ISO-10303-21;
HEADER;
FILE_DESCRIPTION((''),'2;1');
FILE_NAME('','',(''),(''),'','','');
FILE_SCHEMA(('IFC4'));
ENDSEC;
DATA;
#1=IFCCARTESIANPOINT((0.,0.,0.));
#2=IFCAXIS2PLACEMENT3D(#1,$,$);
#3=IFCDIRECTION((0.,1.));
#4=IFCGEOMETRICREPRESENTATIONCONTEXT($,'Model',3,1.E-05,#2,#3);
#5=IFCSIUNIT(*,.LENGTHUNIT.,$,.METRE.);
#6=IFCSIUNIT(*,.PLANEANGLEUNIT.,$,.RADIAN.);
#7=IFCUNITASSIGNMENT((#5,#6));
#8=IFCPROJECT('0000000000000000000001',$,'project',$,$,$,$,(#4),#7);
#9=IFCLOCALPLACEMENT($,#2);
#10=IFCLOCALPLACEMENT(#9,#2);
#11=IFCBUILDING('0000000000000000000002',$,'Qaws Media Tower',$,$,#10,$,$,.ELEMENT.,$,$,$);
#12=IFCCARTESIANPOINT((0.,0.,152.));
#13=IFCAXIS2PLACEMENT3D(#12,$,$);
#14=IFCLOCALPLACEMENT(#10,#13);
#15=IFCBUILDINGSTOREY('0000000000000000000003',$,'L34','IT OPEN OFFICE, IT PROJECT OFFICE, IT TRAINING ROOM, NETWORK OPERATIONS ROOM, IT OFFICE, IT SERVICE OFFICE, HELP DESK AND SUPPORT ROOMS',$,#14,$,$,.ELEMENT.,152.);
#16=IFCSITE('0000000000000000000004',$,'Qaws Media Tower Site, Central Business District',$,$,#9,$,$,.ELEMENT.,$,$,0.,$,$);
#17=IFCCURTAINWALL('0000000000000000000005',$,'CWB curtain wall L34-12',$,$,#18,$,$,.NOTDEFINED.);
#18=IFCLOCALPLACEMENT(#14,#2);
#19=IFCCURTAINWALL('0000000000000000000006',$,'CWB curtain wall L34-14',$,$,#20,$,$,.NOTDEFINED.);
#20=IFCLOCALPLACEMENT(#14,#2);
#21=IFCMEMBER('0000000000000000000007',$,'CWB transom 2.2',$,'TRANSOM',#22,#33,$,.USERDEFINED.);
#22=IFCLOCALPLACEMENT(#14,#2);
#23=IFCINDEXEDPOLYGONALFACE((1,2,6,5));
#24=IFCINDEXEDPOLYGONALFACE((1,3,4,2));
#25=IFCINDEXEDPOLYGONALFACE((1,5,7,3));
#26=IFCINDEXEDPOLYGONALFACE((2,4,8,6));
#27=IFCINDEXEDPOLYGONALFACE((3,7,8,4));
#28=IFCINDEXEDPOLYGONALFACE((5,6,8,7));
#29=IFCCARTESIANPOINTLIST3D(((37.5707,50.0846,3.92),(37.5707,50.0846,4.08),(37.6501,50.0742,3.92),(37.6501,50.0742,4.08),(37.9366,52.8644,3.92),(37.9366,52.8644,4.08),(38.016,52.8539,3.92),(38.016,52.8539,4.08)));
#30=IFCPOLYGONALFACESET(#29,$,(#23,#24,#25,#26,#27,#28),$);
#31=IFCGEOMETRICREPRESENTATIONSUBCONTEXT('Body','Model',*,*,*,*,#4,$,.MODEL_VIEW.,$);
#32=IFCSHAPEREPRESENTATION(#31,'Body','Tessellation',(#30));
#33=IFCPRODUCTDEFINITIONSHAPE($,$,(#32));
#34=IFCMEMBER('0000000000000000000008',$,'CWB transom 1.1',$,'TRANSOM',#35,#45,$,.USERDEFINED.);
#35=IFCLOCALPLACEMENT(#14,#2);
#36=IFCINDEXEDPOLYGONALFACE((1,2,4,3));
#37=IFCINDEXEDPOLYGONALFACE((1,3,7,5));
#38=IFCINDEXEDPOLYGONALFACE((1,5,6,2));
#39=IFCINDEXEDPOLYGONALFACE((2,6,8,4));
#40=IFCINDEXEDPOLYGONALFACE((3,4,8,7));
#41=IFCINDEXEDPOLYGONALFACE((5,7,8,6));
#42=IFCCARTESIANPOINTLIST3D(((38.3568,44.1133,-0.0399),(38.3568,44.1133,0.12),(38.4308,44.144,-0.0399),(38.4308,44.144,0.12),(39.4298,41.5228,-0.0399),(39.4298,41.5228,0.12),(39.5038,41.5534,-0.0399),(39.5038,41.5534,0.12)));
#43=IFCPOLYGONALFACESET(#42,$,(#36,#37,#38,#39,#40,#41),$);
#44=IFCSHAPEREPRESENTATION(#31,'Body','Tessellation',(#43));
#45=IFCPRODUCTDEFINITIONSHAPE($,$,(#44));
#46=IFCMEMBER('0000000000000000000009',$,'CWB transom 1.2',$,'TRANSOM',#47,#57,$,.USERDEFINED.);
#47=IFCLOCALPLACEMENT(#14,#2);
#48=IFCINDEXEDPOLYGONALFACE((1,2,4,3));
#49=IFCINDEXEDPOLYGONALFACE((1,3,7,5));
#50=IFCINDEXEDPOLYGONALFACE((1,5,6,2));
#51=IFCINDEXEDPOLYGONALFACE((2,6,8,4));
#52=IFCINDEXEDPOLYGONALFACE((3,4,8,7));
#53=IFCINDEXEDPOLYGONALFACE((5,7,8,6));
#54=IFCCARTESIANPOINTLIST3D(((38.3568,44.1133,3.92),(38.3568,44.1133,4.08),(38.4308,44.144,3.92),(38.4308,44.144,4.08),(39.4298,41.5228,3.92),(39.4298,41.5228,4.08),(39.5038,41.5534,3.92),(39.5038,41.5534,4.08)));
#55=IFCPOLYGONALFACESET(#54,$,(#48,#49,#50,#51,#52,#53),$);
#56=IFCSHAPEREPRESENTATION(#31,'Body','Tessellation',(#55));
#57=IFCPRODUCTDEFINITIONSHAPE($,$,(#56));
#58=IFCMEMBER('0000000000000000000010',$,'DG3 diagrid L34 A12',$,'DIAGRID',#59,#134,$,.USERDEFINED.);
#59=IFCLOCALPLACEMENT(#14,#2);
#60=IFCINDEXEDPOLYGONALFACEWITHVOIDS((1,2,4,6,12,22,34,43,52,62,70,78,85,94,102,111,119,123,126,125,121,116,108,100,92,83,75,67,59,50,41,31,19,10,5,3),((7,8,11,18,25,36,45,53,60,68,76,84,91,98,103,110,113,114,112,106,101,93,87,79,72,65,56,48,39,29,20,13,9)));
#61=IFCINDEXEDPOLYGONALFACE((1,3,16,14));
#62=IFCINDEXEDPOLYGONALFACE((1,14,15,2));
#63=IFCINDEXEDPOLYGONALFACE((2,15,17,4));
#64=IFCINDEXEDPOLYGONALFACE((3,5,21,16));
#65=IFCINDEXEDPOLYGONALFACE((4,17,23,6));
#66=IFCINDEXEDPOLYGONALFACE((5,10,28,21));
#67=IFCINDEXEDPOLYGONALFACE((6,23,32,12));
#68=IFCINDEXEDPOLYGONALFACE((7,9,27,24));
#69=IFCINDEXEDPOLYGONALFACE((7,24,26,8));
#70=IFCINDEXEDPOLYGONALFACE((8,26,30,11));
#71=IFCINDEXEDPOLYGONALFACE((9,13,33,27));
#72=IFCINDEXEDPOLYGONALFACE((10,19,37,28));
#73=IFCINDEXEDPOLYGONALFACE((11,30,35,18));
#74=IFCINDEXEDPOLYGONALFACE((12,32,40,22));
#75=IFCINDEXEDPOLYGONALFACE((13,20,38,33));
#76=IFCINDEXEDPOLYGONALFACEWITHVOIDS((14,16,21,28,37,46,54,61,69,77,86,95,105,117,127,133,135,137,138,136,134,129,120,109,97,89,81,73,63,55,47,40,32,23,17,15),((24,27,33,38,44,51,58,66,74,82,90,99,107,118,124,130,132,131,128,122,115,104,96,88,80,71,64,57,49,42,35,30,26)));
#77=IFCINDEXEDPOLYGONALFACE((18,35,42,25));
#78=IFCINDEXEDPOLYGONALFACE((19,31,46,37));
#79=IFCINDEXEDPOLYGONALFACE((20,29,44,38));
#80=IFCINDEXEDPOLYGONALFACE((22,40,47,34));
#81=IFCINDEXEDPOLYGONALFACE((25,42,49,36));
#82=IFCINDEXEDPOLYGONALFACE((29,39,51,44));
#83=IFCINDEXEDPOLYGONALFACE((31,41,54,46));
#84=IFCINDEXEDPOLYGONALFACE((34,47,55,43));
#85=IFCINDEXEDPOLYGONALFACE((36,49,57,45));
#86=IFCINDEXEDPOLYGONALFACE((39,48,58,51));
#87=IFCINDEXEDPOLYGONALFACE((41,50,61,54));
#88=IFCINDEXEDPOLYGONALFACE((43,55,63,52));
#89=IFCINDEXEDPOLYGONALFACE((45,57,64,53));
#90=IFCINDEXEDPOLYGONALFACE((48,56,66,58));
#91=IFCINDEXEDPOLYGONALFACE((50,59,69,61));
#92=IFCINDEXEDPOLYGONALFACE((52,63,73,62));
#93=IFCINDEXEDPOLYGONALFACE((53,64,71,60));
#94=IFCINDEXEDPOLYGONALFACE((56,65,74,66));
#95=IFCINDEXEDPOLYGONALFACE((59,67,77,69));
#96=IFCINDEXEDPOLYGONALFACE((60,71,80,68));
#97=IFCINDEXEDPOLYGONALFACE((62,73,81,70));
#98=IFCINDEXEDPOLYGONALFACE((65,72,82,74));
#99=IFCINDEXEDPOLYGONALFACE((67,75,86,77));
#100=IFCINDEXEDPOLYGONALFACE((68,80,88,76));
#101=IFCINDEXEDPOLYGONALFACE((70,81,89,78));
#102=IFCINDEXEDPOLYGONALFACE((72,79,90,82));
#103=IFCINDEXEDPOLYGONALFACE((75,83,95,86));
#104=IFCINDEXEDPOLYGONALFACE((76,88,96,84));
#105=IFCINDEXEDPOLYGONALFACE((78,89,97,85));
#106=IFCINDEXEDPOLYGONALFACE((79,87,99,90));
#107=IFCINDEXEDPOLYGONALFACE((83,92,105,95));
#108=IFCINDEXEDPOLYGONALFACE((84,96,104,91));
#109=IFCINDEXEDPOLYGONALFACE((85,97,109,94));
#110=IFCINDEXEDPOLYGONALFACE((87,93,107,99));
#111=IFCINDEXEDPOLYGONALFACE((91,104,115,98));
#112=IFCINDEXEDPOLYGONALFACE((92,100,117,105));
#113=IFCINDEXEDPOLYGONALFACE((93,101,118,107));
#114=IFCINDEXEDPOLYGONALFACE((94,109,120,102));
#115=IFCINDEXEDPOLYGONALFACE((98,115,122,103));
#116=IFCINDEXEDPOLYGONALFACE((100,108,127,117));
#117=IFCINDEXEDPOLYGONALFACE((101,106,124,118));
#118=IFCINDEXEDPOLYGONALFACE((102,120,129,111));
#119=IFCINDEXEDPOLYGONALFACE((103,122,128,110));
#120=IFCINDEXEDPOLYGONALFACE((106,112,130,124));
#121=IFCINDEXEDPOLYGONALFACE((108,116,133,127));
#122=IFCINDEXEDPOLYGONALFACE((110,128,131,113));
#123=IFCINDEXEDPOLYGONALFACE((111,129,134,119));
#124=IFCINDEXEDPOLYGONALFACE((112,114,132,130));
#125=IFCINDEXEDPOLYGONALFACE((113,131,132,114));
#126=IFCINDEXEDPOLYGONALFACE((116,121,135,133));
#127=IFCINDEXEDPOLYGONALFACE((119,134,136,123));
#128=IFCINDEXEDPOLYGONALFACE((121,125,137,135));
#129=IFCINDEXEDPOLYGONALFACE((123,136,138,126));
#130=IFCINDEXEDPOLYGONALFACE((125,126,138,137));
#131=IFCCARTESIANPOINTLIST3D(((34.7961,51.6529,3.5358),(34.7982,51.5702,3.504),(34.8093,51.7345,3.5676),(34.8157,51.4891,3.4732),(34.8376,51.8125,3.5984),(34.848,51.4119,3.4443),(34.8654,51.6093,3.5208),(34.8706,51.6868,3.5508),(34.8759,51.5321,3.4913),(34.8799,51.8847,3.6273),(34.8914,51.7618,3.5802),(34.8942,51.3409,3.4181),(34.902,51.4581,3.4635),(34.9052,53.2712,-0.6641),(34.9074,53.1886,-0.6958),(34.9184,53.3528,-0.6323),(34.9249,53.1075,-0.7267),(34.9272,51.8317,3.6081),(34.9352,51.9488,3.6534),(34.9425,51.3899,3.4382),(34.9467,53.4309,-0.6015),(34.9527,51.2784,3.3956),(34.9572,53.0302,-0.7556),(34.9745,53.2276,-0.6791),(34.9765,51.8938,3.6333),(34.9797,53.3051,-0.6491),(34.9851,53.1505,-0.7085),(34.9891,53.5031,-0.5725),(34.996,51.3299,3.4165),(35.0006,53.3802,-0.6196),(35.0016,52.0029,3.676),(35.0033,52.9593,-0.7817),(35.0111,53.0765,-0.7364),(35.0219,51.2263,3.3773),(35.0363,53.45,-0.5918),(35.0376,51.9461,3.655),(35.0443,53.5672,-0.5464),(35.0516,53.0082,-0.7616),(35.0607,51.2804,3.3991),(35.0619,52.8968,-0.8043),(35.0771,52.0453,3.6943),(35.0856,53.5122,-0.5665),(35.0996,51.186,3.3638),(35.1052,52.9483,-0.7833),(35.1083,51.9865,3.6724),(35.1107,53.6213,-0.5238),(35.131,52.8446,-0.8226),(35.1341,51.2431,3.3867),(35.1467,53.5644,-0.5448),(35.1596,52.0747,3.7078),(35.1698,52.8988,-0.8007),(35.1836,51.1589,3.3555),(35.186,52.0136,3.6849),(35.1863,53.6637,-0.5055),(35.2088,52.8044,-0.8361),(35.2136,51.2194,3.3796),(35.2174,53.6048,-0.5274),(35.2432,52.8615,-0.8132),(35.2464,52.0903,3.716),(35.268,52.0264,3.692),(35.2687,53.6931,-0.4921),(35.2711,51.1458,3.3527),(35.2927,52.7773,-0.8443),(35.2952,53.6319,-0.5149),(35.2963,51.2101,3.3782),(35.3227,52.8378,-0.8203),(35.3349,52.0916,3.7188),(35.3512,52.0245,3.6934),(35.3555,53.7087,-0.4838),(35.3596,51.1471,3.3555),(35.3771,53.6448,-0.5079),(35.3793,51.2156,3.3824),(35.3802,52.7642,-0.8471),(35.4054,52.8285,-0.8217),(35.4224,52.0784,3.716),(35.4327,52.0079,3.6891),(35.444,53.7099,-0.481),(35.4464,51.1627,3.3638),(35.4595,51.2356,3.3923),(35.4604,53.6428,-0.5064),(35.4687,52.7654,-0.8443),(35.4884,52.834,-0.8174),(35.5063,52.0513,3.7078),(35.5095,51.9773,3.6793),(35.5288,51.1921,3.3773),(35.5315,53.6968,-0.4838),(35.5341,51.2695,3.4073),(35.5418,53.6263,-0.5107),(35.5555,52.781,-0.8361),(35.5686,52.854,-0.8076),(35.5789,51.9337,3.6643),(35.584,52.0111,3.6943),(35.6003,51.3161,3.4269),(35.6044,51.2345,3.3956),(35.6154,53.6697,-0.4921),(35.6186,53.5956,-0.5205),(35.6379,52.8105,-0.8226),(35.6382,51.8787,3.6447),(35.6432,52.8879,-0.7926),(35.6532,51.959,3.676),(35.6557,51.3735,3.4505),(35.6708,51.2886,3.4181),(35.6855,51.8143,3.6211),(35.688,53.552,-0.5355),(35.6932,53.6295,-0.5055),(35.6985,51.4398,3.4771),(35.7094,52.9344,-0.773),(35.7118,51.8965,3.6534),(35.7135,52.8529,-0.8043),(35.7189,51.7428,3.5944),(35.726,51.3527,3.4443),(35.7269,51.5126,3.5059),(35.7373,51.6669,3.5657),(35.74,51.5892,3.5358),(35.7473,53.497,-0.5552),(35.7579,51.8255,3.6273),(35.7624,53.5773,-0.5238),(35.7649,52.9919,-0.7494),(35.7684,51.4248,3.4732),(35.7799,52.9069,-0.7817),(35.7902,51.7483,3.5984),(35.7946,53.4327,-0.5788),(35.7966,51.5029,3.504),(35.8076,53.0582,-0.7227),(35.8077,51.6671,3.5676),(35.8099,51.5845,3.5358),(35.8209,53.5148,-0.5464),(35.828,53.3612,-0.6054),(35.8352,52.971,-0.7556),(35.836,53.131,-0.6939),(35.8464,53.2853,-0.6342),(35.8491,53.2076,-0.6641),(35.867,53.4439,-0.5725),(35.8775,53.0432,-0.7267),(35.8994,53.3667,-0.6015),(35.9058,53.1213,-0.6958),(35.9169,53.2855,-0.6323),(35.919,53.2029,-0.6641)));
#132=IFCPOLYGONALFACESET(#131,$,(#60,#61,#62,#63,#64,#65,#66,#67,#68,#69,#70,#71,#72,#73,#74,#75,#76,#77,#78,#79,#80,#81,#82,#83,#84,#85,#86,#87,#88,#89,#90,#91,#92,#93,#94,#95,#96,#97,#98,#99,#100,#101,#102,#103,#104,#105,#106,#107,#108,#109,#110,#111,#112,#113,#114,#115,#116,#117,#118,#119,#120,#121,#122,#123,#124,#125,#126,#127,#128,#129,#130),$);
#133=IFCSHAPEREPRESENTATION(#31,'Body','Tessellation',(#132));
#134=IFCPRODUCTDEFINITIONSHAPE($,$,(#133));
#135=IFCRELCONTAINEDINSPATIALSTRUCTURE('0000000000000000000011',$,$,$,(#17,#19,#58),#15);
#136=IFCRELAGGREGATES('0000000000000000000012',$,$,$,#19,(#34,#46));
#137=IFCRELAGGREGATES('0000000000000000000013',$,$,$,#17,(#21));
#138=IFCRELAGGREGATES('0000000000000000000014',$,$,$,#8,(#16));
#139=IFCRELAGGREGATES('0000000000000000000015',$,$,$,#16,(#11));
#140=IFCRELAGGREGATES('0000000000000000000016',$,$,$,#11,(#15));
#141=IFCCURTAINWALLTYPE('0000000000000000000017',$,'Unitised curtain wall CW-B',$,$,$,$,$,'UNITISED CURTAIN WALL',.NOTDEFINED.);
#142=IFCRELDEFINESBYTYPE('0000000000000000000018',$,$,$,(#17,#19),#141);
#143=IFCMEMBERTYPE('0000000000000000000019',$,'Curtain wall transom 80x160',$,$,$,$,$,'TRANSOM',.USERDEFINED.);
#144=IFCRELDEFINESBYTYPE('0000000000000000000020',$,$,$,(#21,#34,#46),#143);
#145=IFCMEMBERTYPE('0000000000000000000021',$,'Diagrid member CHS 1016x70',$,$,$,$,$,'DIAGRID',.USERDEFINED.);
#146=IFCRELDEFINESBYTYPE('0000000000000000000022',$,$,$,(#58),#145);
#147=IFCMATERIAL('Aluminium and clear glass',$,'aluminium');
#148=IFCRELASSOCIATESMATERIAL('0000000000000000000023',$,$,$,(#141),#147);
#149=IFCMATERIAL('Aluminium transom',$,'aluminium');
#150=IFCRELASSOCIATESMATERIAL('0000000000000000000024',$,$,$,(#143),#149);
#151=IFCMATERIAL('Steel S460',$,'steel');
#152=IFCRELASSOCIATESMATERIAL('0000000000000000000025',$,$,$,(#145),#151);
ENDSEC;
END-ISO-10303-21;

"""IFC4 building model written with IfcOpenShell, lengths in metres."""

from ifc_helpers import new_model, si_unit, direction, frame, origin, origin_2d, place, context, subcontext, project, spatial, rectangle, hollow_circle, extrude, material, material_profile, profile_set, type_object, element, aggregate, save


model = new_model("IFC4")

# Units and contexts
model_context = context("Model", 3, precision=1e-05, world=origin(), true_north=direction((0.0, 1.0)))
body_context = subcontext(model_context, "Body", "Model", "MODEL_VIEW")
ifc_project = project(units=[si_unit("LENGTHUNIT", "METRE"), si_unit("PLANEANGLEUNIT", "RADIAN")], contexts=[model_context])

# Site, building, storey
site_placement = place(None, origin())
site = spatial("IfcSite", under=ifc_project, at=site_placement, Name="Qaws Media Tower Site, Central Business District", CompositionType="ELEMENT", RefElevation=0.0)
building_placement = place(site_placement, origin())
building = spatial("IfcBuilding", under=site, at=building_placement, Name="Qaws Media Tower", CompositionType="ELEMENT")
storey_placement = place(building_placement, frame((0.0, 0.0, 152.0)))
storey = spatial("IfcBuildingStorey", under=building, at=storey_placement, Name="L34", Description="IT OPEN OFFICE, IT PROJECT OFFICE, IT TRAINING ROOM, NETWORK OPERATIONS ROOM, IT OFFICE, IT SERVICE OFFICE, HELP DESK AND SUPPORT ROOMS", CompositionType="ELEMENT", Elevation=152.0)

# Shared definitions
ifc_material_1 = material(Name="Aluminium and clear glass", Category="aluminium")
curtain_wall_type = type_object("IfcCurtainWallType", Name="Unitised curtain wall CW-B", ElementType="UNITISED CURTAIN WALL", PredefinedType="NOTDEFINED", material=ifc_material_1)

# Curtain wall
curtain_wall_1_placement = place(storey_placement, origin())
curtain_wall_1 = element("IfcCurtainWall", 1, at=curtain_wall_1_placement, inside=storey, type_object=curtain_wall_type, Name="CWB curtain wall L34-12", PredefinedType="NOTDEFINED")

# Curtain wall
curtain_wall_2_placement = place(storey_placement, origin())
curtain_wall_2 = element("IfcCurtainWall", 2, at=curtain_wall_2_placement, inside=storey, type_object=curtain_wall_type, Name="CWB curtain wall L34-14", PredefinedType="NOTDEFINED")

# Members
ifc_material_2 = material(Name="Aluminium transom", Category="aluminium")
ifc_material_profile_1 = material_profile(ifc_material_2, rectangle(XDim=0.0801, YDim=0.1599, at=origin_2d()), Name="80x160")
ifc_profile_set_1 = profile_set([ifc_material_profile_1], Name="Aluminium transom")
member_type_1 = type_object("IfcMemberType", Name="Curtain wall transom 80x160", ElementType="TRANSOM", PredefinedType="USERDEFINED", material=ifc_profile_set_1)
member_1_placement = place(storey_placement, frame((37.9763, 52.8591, 4.0), z_axis=(-0.130527, -0.991445, 0.0), x_axis=(0.991445, -0.130527, 0.0)))
member_1 = element("IfcMember", 3, at=member_1_placement, type_object=member_type_1, Name="CWB transom 2.2", ObjectType="TRANSOM", PredefinedType="USERDEFINED", context=body_context, shape_type="SweptSolid", body=[
    extrude(rectangle(XDim=0.0801, YDim=0.1599, at=origin_2d()), origin(), (0.0, 0.0, 1.0), 2.8037),
])
member_2_placement = place(storey_placement, frame((38.3938, 44.1287, 0.04), z_axis=(0.382667, -0.923886, 0.0), x_axis=(0.923886, 0.382667, 0.0)))
member_2 = element("IfcMember", 4, at=member_2_placement, type_object=member_type_1, Name="CWB transom 1.1", ObjectType="TRANSOM", PredefinedType="USERDEFINED", context=body_context, shape_type="SweptSolid", body=[
    extrude(rectangle(XDim=0.0801, YDim=0.1599, at=origin_2d()), origin(), (0.0, 0.0, 1.0), 2.804),
])
member_3_placement = place(storey_placement, frame((38.3938, 44.1287, 4.0), z_axis=(0.382667, -0.923886, 0.0), x_axis=(0.923886, 0.382667, 0.0)))
member_3 = element("IfcMember", 5, at=member_3_placement, type_object=member_type_1, Name="CWB transom 1.2", ObjectType="TRANSOM", PredefinedType="USERDEFINED", context=body_context, shape_type="SweptSolid", body=[
    extrude(rectangle(XDim=0.0801, YDim=0.1599, at=origin_2d()), origin(), (0.0, 0.0, 1.0), 2.804),
])
aggregate(curtain_wall_2, [member_2, member_3])

# Member
ifc_material_3 = material(Name="Steel S460", Category="steel")
ifc_material_profile_2 = material_profile(ifc_material_3, hollow_circle(Radius=0.5081, WallThickness=0.0701, at=origin_2d()), Name="CHS 1016x70")
ifc_profile_set_2 = profile_set([ifc_material_profile_2], Name="Steel S460")
member_type_2 = type_object("IfcMemberType", Name="Diagrid member CHS 1016x70", ElementType="DIAGRID", PredefinedType="USERDEFINED", material=ifc_profile_set_2)
for number, where, z_axis, x_axis, name in (
    (6, (35.4121, 53.2371, -0.6641), (-0.024239, -0.359462, 0.932845), (0.997734, -0.067278, 0.0), "DG3 diagrid L34 A12"),
):
    element("IfcMember", number, at=place(storey_placement, frame(where, z_axis=z_axis, x_axis=x_axis)), inside=storey, type_object=member_type_2, Name=name, ObjectType="DIAGRID", PredefinedType="USERDEFINED", context=body_context, shape_type="SweptSolid", body=[
        extrude(hollow_circle(Radius=0.5081, WallThickness=0.0701, at=origin_2d()), origin(), (0.0, 0.0, 1.0), 4.5022),
    ])

aggregate(curtain_wall_1, [member_1])

save(model, "model.ifc")
